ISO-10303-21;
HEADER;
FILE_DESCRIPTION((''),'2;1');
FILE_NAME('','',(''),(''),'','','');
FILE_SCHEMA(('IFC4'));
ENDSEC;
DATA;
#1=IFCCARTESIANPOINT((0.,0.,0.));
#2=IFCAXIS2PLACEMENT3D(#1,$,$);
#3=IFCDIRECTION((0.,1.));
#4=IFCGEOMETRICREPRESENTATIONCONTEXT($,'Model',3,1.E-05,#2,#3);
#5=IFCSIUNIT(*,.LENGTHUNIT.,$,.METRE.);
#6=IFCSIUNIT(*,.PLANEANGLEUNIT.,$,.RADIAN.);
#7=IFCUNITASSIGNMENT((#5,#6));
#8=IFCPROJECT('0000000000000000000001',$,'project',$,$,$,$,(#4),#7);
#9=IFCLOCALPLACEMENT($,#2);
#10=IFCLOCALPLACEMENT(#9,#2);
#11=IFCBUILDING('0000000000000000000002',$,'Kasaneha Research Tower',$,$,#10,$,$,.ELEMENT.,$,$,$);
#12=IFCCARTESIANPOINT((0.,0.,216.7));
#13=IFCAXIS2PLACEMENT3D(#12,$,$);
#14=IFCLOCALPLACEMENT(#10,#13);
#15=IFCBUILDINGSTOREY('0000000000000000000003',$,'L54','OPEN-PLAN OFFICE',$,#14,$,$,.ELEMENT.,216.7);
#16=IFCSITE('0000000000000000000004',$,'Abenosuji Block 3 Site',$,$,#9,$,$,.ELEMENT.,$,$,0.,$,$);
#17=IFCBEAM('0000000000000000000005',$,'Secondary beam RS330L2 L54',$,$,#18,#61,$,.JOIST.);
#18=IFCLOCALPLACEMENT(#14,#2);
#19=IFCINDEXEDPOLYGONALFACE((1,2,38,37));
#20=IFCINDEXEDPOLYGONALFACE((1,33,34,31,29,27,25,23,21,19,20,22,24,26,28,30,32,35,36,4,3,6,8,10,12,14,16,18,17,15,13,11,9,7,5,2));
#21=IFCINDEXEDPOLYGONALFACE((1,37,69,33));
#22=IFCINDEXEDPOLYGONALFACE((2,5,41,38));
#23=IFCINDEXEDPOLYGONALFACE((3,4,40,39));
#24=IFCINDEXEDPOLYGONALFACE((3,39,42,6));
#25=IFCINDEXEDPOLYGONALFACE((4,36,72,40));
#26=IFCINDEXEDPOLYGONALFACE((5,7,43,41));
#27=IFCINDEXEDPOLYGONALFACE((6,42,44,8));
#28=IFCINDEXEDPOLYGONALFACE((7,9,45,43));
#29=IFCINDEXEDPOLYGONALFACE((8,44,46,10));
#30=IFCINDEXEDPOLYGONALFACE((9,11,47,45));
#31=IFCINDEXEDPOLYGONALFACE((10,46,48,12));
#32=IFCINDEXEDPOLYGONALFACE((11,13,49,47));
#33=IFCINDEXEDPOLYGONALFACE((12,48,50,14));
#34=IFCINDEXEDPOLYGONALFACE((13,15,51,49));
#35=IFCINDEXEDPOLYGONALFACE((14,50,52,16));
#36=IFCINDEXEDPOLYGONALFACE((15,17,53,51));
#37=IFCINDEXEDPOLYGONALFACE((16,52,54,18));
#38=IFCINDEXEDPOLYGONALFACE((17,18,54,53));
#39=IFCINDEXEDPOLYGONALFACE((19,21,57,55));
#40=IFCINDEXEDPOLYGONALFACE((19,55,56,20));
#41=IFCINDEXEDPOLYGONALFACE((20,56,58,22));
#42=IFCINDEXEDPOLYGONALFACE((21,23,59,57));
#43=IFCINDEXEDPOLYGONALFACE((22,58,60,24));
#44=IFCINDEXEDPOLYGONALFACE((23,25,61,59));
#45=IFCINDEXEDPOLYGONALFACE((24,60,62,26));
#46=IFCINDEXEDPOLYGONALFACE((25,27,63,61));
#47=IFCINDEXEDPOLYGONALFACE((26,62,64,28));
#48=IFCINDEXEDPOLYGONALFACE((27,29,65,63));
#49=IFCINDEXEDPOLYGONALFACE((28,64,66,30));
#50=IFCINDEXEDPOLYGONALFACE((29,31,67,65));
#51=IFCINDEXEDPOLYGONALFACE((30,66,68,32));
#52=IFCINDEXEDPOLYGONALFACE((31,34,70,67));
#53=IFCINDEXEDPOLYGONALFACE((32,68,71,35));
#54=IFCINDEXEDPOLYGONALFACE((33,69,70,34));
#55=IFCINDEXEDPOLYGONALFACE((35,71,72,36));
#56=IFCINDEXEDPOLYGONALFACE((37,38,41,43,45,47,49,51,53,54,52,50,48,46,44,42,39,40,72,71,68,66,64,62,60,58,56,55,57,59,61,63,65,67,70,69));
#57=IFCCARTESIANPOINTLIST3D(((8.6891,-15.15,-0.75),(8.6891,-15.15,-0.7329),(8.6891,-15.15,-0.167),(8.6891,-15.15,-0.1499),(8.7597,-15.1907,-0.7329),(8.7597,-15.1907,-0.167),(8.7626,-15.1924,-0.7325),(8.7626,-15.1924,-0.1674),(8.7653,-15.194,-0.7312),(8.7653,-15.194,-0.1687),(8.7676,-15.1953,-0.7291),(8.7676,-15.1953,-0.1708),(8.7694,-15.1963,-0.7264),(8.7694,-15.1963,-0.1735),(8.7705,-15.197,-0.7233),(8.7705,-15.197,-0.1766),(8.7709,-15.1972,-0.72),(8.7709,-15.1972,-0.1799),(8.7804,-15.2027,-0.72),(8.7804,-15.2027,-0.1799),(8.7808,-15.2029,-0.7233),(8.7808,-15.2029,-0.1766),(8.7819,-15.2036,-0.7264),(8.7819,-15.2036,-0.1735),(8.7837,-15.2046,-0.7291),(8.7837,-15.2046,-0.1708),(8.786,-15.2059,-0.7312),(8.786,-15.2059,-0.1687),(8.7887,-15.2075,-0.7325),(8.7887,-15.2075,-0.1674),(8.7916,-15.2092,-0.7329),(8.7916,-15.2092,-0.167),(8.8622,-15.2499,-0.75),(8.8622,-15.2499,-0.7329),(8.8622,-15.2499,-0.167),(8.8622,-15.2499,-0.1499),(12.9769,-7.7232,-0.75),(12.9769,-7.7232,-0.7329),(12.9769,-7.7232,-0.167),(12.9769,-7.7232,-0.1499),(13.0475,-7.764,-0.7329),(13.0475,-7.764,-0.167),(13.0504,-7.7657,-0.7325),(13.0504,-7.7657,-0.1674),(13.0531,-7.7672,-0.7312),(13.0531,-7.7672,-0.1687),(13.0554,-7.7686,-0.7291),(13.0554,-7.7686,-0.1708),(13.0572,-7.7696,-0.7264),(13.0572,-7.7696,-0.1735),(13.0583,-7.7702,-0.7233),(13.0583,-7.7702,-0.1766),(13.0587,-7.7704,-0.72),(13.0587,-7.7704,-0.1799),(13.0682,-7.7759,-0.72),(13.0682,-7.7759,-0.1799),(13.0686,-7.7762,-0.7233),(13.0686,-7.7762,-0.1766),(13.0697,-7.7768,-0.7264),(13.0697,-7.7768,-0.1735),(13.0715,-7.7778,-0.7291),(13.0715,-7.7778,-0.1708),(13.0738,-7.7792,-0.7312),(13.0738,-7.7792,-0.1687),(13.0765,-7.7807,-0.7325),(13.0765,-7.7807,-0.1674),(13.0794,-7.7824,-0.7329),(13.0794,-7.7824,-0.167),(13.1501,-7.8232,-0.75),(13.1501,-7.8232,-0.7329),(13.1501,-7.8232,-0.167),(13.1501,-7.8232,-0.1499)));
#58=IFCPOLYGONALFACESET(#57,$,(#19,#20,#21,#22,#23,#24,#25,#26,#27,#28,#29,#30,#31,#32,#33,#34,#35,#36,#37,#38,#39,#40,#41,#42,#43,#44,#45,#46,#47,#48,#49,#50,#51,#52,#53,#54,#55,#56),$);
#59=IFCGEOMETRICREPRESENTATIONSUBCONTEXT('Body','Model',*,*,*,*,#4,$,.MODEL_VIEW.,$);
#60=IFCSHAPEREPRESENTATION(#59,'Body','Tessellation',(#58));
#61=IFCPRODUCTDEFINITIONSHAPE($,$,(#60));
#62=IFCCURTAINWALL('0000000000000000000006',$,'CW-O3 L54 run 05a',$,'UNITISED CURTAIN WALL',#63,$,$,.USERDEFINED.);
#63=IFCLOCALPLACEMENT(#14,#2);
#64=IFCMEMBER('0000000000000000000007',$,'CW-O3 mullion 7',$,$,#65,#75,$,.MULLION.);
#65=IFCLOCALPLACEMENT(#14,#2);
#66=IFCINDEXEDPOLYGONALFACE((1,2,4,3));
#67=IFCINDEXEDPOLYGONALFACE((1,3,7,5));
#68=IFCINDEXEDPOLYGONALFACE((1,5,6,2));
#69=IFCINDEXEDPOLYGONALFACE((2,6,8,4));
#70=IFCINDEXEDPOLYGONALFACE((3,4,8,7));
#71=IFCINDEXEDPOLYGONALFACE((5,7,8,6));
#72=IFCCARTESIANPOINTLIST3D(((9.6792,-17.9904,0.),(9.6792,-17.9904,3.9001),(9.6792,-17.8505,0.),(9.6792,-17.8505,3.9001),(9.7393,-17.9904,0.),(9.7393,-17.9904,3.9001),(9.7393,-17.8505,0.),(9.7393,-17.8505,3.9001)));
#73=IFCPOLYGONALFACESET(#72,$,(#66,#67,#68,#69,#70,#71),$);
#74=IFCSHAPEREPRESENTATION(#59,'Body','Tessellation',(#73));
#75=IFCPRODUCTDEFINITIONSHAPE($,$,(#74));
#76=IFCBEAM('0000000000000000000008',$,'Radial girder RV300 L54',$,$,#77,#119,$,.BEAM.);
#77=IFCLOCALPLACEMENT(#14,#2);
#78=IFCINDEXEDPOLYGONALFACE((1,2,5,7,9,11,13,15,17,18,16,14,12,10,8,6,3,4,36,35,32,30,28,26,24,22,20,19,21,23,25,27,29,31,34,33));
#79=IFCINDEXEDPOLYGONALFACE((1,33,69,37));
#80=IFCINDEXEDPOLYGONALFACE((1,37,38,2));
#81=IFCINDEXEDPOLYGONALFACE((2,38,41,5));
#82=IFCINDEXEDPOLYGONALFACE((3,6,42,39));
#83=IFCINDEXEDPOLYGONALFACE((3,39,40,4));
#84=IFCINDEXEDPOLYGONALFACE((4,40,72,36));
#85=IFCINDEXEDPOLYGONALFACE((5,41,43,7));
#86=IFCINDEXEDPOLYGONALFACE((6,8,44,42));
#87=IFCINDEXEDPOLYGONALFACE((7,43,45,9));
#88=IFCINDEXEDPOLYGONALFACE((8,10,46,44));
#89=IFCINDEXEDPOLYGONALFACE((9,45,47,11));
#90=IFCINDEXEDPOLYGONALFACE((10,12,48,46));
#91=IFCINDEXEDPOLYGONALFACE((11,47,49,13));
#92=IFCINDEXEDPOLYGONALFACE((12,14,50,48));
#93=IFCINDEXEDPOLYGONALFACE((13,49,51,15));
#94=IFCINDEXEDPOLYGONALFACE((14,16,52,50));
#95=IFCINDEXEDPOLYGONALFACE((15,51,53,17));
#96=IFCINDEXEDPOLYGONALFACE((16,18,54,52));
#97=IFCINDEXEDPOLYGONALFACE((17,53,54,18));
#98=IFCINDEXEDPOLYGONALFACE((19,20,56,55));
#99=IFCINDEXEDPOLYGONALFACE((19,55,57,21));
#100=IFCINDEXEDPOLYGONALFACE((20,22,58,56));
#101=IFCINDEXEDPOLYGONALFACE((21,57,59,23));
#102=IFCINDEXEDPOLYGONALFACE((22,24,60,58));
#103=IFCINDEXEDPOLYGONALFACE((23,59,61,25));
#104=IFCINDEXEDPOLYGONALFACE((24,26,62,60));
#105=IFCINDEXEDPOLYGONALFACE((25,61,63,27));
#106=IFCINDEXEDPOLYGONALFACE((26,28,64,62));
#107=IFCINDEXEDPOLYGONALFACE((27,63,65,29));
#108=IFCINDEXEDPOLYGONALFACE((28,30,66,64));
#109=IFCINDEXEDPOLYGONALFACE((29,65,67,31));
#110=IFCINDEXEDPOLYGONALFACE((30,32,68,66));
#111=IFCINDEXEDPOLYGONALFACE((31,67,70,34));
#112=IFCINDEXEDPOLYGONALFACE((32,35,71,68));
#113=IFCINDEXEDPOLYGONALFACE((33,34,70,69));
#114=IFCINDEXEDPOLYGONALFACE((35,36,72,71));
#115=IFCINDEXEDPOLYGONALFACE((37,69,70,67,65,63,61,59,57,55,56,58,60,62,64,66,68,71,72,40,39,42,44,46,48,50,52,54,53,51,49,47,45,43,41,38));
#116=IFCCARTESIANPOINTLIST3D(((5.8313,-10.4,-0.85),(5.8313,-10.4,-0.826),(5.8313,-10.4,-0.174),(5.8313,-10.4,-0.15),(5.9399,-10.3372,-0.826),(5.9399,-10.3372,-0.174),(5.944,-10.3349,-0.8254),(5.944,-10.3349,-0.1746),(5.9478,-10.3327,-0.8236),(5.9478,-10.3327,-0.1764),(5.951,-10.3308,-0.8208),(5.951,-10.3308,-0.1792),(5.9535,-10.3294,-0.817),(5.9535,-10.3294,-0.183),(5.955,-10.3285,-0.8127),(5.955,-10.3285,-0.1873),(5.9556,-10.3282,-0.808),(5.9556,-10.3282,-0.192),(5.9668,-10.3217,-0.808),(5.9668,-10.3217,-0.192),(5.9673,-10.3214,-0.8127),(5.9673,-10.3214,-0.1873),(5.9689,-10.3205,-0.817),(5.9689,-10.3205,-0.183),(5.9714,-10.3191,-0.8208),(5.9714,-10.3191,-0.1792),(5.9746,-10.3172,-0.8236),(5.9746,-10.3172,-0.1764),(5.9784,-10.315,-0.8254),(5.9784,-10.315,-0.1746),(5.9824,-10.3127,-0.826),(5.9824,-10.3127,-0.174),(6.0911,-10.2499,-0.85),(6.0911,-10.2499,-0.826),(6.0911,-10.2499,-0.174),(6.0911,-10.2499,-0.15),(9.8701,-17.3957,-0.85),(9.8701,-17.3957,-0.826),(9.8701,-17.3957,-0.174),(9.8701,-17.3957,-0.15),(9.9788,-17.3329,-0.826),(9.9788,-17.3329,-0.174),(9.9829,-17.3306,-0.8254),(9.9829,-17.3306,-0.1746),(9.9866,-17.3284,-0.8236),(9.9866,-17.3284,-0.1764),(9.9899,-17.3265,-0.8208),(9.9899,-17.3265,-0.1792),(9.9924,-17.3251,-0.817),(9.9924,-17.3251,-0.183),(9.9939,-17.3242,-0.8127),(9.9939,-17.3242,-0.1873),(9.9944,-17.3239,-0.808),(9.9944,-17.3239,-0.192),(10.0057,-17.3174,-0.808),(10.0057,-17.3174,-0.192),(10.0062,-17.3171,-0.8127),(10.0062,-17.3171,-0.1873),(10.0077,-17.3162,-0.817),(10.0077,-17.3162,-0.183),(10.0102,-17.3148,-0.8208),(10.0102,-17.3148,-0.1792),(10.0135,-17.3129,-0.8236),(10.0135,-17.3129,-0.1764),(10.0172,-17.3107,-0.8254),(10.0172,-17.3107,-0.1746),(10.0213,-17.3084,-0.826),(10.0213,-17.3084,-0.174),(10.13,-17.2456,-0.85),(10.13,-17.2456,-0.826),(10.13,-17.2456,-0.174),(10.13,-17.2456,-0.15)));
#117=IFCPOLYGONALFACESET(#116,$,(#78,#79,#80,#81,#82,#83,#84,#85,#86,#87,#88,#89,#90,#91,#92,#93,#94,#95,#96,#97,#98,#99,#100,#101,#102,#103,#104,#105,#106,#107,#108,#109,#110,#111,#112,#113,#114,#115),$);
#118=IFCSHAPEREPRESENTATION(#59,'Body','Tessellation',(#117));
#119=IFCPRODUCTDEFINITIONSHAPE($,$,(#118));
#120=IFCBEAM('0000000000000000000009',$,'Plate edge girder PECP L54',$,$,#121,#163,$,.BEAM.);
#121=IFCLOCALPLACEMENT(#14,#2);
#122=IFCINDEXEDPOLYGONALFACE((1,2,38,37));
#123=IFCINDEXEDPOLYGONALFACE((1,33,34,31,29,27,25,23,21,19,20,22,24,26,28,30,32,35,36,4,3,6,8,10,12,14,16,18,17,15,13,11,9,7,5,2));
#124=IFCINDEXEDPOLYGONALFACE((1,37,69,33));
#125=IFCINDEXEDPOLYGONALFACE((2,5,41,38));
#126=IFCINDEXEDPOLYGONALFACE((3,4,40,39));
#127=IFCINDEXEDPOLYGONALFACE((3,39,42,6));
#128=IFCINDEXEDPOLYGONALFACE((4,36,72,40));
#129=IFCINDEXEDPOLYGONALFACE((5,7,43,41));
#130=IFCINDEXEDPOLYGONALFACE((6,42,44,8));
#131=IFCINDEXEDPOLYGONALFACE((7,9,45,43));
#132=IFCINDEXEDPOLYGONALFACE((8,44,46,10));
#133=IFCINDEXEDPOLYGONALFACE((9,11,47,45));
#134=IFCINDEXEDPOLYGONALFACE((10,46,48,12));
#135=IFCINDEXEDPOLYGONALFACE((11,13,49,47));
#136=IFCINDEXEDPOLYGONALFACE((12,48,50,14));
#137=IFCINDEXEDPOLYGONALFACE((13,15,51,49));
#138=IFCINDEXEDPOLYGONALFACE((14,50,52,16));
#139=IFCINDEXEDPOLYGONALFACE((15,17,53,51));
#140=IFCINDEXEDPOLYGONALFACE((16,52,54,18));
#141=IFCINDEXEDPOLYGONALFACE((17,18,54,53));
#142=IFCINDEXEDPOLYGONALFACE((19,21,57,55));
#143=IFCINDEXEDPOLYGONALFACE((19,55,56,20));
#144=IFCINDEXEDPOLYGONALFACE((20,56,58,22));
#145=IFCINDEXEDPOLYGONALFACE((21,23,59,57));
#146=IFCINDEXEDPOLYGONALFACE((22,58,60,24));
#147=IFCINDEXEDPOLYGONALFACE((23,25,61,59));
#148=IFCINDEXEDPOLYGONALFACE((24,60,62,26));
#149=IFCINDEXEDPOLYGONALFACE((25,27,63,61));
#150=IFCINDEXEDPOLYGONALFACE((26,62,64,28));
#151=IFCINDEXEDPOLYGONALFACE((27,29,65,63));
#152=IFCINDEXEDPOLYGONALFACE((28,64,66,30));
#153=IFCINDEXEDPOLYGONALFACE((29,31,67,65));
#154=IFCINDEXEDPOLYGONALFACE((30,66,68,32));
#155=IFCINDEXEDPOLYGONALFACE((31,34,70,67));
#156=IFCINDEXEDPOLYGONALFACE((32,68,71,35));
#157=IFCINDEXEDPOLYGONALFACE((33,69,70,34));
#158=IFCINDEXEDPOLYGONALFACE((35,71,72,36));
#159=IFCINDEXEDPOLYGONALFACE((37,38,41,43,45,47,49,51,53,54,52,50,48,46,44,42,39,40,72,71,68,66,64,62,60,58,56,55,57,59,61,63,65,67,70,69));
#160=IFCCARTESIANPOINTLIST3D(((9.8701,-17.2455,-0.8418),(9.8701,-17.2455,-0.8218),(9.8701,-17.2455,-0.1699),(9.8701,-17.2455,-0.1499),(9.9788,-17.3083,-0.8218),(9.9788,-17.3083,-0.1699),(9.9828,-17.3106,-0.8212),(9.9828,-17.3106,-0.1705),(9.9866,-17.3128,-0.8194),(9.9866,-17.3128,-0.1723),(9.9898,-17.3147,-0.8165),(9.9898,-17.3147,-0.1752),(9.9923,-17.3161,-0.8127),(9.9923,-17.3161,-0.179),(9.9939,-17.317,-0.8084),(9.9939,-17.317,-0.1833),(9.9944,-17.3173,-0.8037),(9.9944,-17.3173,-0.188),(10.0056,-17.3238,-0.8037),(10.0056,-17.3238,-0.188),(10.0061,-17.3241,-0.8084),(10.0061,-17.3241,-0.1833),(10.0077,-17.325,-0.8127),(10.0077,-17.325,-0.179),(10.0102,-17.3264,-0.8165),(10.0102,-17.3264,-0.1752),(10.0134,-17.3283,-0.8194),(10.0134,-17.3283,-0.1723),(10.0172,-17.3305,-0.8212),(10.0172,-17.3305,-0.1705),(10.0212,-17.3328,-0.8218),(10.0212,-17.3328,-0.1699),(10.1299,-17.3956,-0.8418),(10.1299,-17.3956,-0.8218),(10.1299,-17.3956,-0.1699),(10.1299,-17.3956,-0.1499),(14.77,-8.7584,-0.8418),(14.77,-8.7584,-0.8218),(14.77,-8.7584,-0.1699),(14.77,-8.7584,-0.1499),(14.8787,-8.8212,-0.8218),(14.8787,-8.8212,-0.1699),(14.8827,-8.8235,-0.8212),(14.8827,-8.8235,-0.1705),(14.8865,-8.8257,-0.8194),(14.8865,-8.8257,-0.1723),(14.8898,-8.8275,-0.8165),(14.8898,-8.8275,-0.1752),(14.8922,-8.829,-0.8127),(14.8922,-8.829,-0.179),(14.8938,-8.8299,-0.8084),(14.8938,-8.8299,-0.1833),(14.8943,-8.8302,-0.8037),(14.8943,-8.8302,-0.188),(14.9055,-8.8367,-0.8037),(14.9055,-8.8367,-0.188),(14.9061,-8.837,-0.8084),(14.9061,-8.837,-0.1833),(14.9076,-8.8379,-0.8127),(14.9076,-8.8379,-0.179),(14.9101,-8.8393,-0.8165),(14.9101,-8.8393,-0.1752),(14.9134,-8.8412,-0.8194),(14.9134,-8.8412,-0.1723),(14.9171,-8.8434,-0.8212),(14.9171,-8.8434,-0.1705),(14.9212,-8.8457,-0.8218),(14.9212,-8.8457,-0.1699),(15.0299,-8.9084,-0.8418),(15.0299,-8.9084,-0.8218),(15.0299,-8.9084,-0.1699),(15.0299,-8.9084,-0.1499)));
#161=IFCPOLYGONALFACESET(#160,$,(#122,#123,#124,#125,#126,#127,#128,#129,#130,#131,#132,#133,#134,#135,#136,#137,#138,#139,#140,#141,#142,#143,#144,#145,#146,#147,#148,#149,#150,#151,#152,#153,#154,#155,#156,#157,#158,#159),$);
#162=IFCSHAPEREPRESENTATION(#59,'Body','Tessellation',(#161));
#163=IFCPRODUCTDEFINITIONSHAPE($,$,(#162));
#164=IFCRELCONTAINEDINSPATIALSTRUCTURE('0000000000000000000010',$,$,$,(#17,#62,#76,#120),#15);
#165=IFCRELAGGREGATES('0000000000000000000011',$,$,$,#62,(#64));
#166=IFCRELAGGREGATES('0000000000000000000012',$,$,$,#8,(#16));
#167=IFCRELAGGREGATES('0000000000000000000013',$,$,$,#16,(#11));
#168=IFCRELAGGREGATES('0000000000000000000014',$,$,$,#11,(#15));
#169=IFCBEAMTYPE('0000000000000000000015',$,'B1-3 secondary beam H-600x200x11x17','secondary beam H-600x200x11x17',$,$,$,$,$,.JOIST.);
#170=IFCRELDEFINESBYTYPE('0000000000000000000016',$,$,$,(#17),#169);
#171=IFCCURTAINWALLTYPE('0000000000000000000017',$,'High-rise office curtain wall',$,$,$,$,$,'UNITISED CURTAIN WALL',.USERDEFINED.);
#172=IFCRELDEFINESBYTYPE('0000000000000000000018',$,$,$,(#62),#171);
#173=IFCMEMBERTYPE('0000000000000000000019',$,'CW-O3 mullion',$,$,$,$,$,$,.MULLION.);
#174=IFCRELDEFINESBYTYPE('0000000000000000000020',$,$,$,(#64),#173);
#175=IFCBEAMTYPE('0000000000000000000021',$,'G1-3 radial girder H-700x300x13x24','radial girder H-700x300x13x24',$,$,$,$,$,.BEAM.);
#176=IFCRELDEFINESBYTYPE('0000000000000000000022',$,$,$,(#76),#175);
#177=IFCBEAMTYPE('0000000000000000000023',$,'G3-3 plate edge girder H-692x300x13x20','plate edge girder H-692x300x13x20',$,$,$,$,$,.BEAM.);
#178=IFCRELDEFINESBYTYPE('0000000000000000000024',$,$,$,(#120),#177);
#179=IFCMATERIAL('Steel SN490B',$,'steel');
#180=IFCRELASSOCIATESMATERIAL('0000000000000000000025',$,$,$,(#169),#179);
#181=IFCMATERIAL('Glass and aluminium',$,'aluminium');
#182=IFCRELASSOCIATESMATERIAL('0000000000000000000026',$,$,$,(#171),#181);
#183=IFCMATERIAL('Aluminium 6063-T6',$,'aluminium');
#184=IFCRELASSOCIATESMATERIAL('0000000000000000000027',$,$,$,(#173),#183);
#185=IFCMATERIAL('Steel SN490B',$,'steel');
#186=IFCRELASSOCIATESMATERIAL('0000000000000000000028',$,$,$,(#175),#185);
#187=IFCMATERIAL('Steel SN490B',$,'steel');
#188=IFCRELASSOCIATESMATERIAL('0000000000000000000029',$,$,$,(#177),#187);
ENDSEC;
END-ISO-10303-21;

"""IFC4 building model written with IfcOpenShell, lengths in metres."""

from ifc_helpers import new_model, si_unit, direction, frame, origin, origin_2d, place, context, subcontext, project, spatial, rectangle, i_section, extrude, material, material_profile, profile_set, type_object, element, aggregate, save


model = new_model("IFC4")

# Units and contexts
model_context = context("Model", 3, precision=1e-05, world=origin(), true_north=direction((0.0, 1.0)))
body_context = subcontext(model_context, "Body", "Model", "MODEL_VIEW")
ifc_project = project(units=[si_unit("LENGTHUNIT", "METRE"), si_unit("PLANEANGLEUNIT", "RADIAN")], contexts=[model_context])

# Site, building, storey
site_placement = place(None, origin())
site = spatial("IfcSite", under=ifc_project, at=site_placement, Name="Abenosuji Block 3 Site", CompositionType="ELEMENT", RefElevation=0.0)
building_placement = place(site_placement, origin())
building = spatial("IfcBuilding", under=site, at=building_placement, Name="Kasaneha Research Tower", CompositionType="ELEMENT")
storey_placement = place(building_placement, frame((0.0, 0.0, 216.7)))
storey = spatial("IfcBuildingStorey", under=building, at=storey_placement, Name="L54", Description="OPEN-PLAN OFFICE", CompositionType="ELEMENT", Elevation=216.7)

# Beam
ifc_material_1 = material(Name="Steel SN490B", Category="steel")
ifc_material_profile_1 = material_profile(ifc_material_1, i_section(OverallWidth=0.2, OverallDepth=0.6001, WebThickness=0.011, FlangeThickness=0.0171, FilletRadius=0.0129, at=origin_2d()), Name="H-600x200x11x17")
ifc_profile_set_1 = profile_set([ifc_material_profile_1], Name="Steel SN490B")
beam_type_1 = type_object("IfcBeamType", Name="B1-3 secondary beam H-600x200x11x17", Description="secondary beam H-600x200x11x17", PredefinedType="JOIST", material=ifc_profile_set_1)
beam_1_placement = place(storey_placement, frame((8.7756, -15.2, -0.45), z_axis=(0.5, 0.866025, 0.0), x_axis=(-0.866025, 0.5, 0.0)))
element("IfcBeam", 1, at=beam_1_placement, inside=storey, type_object=beam_type_1, Name="Secondary beam RS330L2 L54", PredefinedType="JOIST", context=body_context, shape_type="SweptSolid", body=[
    extrude(i_section(OverallWidth=0.2, OverallDepth=0.6001, WebThickness=0.011, FlangeThickness=0.0171, FilletRadius=0.0129, at=origin_2d()), origin(), (0.0, 0.0, 1.0), 8.5757),
])

# Curtain wall, member
ifc_material_2 = material(Name="Glass and aluminium", Category="aluminium")
curtain_wall_type = type_object("IfcCurtainWallType", Name="High-rise office curtain wall", ElementType="UNITISED CURTAIN WALL", PredefinedType="USERDEFINED", material=ifc_material_2)
curtain_wall_placement = place(storey_placement, origin())
curtain_wall = element("IfcCurtainWall", 2, at=curtain_wall_placement, inside=storey, type_object=curtain_wall_type, Name="CW-O3 L54 run 05a", ObjectType="UNITISED CURTAIN WALL", PredefinedType="USERDEFINED")
ifc_material_3 = material(Name="Aluminium 6063-T6", Category="aluminium")
ifc_material_profile_2 = material_profile(ifc_material_3, rectangle(XDim=0.0601, YDim=0.1399, at=origin_2d()), Name="CW-O3 mullion 60x140")
ifc_profile_set_2 = profile_set([ifc_material_profile_2], Name="Aluminium 6063-T6")
member_type = type_object("IfcMemberType", Name="CW-O3 mullion", PredefinedType="MULLION", material=ifc_profile_set_2)
member_placement = place(storey_placement, frame((9.7092, -17.9204, 0.0), z_axis=(0.0, 0.0, 1.0), x_axis=(1.0, 0.0, 0.0)))
member = element("IfcMember", 3, at=member_placement, type_object=member_type, Name="CW-O3 mullion 7", PredefinedType="MULLION", context=body_context, shape_type="SweptSolid", body=[
    extrude(rectangle(XDim=0.0601, YDim=0.1399, at=origin_2d()), origin(), (0.0, 0.0, 1.0), 3.9001),
])

# Beams
ifc_material_4 = material(Name="Steel SN490B", Category="steel")
ifc_material_profile_3 = material_profile(ifc_material_4, i_section(OverallWidth=0.3, OverallDepth=0.7, WebThickness=0.0129, FlangeThickness=0.0239, FilletRadius=0.0181, at=origin_2d()), Name="H-700x300x13x24")
ifc_profile_set_3 = profile_set([ifc_material_profile_3], Name="Steel SN490B")
beam_type_2 = type_object("IfcBeamType", Name="G1-3 radial girder H-700x300x13x24", Description="radial girder H-700x300x13x24", PredefinedType="BEAM", material=ifc_profile_set_3)
beam_2_placement = place(storey_placement, frame((5.9612, -10.325, -0.5), z_axis=(0.499991, -0.866031, 0.0), x_axis=(0.866031, 0.499991, 0.0)))
element("IfcBeam", 4, at=beam_2_placement, inside=storey, type_object=beam_type_2, Name="Radial girder RV300 L54", PredefinedType="BEAM", context=body_context, shape_type="SweptSolid", body=[
    extrude(i_section(OverallWidth=0.3, OverallDepth=0.7, WebThickness=0.0129, FlangeThickness=0.0239, FilletRadius=0.0181, at=origin_2d()), origin(), (0.0, 0.0, 1.0), 8.0779),
])
ifc_material_5 = material(Name="Steel SN490B", Category="steel")
ifc_material_profile_4 = material_profile(ifc_material_5, i_section(OverallWidth=0.3, OverallDepth=0.6919, WebThickness=0.0129, FlangeThickness=0.02, FilletRadius=0.0181, at=origin_2d()), Name="H-692x300x13x20")
ifc_profile_set_4 = profile_set([ifc_material_profile_4], Name="Steel SN490B")
beam_type_3 = type_object("IfcBeamType", Name="G3-3 plate edge girder H-692x300x13x20", Description="plate edge girder H-692x300x13x20", PredefinedType="BEAM", material=ifc_profile_set_4)
beam_3_placement = place(storey_placement, frame((10.0, -17.3206, -0.4958), z_axis=(0.499992, 0.86603, 0.0), x_axis=(-0.86603, 0.499992, 0.0)))
element("IfcBeam", 5, at=beam_3_placement, inside=storey, type_object=beam_type_3, Name="Plate edge girder PECP L54", PredefinedType="BEAM", context=body_context, shape_type="SweptSolid", body=[
    extrude(i_section(OverallWidth=0.3, OverallDepth=0.6919, WebThickness=0.0129, FlangeThickness=0.02, FilletRadius=0.0181, at=origin_2d()), origin(), (0.0, 0.0, 1.0), 9.8),
])

aggregate(curtain_wall, [member])

save(model, "model.ifc")
